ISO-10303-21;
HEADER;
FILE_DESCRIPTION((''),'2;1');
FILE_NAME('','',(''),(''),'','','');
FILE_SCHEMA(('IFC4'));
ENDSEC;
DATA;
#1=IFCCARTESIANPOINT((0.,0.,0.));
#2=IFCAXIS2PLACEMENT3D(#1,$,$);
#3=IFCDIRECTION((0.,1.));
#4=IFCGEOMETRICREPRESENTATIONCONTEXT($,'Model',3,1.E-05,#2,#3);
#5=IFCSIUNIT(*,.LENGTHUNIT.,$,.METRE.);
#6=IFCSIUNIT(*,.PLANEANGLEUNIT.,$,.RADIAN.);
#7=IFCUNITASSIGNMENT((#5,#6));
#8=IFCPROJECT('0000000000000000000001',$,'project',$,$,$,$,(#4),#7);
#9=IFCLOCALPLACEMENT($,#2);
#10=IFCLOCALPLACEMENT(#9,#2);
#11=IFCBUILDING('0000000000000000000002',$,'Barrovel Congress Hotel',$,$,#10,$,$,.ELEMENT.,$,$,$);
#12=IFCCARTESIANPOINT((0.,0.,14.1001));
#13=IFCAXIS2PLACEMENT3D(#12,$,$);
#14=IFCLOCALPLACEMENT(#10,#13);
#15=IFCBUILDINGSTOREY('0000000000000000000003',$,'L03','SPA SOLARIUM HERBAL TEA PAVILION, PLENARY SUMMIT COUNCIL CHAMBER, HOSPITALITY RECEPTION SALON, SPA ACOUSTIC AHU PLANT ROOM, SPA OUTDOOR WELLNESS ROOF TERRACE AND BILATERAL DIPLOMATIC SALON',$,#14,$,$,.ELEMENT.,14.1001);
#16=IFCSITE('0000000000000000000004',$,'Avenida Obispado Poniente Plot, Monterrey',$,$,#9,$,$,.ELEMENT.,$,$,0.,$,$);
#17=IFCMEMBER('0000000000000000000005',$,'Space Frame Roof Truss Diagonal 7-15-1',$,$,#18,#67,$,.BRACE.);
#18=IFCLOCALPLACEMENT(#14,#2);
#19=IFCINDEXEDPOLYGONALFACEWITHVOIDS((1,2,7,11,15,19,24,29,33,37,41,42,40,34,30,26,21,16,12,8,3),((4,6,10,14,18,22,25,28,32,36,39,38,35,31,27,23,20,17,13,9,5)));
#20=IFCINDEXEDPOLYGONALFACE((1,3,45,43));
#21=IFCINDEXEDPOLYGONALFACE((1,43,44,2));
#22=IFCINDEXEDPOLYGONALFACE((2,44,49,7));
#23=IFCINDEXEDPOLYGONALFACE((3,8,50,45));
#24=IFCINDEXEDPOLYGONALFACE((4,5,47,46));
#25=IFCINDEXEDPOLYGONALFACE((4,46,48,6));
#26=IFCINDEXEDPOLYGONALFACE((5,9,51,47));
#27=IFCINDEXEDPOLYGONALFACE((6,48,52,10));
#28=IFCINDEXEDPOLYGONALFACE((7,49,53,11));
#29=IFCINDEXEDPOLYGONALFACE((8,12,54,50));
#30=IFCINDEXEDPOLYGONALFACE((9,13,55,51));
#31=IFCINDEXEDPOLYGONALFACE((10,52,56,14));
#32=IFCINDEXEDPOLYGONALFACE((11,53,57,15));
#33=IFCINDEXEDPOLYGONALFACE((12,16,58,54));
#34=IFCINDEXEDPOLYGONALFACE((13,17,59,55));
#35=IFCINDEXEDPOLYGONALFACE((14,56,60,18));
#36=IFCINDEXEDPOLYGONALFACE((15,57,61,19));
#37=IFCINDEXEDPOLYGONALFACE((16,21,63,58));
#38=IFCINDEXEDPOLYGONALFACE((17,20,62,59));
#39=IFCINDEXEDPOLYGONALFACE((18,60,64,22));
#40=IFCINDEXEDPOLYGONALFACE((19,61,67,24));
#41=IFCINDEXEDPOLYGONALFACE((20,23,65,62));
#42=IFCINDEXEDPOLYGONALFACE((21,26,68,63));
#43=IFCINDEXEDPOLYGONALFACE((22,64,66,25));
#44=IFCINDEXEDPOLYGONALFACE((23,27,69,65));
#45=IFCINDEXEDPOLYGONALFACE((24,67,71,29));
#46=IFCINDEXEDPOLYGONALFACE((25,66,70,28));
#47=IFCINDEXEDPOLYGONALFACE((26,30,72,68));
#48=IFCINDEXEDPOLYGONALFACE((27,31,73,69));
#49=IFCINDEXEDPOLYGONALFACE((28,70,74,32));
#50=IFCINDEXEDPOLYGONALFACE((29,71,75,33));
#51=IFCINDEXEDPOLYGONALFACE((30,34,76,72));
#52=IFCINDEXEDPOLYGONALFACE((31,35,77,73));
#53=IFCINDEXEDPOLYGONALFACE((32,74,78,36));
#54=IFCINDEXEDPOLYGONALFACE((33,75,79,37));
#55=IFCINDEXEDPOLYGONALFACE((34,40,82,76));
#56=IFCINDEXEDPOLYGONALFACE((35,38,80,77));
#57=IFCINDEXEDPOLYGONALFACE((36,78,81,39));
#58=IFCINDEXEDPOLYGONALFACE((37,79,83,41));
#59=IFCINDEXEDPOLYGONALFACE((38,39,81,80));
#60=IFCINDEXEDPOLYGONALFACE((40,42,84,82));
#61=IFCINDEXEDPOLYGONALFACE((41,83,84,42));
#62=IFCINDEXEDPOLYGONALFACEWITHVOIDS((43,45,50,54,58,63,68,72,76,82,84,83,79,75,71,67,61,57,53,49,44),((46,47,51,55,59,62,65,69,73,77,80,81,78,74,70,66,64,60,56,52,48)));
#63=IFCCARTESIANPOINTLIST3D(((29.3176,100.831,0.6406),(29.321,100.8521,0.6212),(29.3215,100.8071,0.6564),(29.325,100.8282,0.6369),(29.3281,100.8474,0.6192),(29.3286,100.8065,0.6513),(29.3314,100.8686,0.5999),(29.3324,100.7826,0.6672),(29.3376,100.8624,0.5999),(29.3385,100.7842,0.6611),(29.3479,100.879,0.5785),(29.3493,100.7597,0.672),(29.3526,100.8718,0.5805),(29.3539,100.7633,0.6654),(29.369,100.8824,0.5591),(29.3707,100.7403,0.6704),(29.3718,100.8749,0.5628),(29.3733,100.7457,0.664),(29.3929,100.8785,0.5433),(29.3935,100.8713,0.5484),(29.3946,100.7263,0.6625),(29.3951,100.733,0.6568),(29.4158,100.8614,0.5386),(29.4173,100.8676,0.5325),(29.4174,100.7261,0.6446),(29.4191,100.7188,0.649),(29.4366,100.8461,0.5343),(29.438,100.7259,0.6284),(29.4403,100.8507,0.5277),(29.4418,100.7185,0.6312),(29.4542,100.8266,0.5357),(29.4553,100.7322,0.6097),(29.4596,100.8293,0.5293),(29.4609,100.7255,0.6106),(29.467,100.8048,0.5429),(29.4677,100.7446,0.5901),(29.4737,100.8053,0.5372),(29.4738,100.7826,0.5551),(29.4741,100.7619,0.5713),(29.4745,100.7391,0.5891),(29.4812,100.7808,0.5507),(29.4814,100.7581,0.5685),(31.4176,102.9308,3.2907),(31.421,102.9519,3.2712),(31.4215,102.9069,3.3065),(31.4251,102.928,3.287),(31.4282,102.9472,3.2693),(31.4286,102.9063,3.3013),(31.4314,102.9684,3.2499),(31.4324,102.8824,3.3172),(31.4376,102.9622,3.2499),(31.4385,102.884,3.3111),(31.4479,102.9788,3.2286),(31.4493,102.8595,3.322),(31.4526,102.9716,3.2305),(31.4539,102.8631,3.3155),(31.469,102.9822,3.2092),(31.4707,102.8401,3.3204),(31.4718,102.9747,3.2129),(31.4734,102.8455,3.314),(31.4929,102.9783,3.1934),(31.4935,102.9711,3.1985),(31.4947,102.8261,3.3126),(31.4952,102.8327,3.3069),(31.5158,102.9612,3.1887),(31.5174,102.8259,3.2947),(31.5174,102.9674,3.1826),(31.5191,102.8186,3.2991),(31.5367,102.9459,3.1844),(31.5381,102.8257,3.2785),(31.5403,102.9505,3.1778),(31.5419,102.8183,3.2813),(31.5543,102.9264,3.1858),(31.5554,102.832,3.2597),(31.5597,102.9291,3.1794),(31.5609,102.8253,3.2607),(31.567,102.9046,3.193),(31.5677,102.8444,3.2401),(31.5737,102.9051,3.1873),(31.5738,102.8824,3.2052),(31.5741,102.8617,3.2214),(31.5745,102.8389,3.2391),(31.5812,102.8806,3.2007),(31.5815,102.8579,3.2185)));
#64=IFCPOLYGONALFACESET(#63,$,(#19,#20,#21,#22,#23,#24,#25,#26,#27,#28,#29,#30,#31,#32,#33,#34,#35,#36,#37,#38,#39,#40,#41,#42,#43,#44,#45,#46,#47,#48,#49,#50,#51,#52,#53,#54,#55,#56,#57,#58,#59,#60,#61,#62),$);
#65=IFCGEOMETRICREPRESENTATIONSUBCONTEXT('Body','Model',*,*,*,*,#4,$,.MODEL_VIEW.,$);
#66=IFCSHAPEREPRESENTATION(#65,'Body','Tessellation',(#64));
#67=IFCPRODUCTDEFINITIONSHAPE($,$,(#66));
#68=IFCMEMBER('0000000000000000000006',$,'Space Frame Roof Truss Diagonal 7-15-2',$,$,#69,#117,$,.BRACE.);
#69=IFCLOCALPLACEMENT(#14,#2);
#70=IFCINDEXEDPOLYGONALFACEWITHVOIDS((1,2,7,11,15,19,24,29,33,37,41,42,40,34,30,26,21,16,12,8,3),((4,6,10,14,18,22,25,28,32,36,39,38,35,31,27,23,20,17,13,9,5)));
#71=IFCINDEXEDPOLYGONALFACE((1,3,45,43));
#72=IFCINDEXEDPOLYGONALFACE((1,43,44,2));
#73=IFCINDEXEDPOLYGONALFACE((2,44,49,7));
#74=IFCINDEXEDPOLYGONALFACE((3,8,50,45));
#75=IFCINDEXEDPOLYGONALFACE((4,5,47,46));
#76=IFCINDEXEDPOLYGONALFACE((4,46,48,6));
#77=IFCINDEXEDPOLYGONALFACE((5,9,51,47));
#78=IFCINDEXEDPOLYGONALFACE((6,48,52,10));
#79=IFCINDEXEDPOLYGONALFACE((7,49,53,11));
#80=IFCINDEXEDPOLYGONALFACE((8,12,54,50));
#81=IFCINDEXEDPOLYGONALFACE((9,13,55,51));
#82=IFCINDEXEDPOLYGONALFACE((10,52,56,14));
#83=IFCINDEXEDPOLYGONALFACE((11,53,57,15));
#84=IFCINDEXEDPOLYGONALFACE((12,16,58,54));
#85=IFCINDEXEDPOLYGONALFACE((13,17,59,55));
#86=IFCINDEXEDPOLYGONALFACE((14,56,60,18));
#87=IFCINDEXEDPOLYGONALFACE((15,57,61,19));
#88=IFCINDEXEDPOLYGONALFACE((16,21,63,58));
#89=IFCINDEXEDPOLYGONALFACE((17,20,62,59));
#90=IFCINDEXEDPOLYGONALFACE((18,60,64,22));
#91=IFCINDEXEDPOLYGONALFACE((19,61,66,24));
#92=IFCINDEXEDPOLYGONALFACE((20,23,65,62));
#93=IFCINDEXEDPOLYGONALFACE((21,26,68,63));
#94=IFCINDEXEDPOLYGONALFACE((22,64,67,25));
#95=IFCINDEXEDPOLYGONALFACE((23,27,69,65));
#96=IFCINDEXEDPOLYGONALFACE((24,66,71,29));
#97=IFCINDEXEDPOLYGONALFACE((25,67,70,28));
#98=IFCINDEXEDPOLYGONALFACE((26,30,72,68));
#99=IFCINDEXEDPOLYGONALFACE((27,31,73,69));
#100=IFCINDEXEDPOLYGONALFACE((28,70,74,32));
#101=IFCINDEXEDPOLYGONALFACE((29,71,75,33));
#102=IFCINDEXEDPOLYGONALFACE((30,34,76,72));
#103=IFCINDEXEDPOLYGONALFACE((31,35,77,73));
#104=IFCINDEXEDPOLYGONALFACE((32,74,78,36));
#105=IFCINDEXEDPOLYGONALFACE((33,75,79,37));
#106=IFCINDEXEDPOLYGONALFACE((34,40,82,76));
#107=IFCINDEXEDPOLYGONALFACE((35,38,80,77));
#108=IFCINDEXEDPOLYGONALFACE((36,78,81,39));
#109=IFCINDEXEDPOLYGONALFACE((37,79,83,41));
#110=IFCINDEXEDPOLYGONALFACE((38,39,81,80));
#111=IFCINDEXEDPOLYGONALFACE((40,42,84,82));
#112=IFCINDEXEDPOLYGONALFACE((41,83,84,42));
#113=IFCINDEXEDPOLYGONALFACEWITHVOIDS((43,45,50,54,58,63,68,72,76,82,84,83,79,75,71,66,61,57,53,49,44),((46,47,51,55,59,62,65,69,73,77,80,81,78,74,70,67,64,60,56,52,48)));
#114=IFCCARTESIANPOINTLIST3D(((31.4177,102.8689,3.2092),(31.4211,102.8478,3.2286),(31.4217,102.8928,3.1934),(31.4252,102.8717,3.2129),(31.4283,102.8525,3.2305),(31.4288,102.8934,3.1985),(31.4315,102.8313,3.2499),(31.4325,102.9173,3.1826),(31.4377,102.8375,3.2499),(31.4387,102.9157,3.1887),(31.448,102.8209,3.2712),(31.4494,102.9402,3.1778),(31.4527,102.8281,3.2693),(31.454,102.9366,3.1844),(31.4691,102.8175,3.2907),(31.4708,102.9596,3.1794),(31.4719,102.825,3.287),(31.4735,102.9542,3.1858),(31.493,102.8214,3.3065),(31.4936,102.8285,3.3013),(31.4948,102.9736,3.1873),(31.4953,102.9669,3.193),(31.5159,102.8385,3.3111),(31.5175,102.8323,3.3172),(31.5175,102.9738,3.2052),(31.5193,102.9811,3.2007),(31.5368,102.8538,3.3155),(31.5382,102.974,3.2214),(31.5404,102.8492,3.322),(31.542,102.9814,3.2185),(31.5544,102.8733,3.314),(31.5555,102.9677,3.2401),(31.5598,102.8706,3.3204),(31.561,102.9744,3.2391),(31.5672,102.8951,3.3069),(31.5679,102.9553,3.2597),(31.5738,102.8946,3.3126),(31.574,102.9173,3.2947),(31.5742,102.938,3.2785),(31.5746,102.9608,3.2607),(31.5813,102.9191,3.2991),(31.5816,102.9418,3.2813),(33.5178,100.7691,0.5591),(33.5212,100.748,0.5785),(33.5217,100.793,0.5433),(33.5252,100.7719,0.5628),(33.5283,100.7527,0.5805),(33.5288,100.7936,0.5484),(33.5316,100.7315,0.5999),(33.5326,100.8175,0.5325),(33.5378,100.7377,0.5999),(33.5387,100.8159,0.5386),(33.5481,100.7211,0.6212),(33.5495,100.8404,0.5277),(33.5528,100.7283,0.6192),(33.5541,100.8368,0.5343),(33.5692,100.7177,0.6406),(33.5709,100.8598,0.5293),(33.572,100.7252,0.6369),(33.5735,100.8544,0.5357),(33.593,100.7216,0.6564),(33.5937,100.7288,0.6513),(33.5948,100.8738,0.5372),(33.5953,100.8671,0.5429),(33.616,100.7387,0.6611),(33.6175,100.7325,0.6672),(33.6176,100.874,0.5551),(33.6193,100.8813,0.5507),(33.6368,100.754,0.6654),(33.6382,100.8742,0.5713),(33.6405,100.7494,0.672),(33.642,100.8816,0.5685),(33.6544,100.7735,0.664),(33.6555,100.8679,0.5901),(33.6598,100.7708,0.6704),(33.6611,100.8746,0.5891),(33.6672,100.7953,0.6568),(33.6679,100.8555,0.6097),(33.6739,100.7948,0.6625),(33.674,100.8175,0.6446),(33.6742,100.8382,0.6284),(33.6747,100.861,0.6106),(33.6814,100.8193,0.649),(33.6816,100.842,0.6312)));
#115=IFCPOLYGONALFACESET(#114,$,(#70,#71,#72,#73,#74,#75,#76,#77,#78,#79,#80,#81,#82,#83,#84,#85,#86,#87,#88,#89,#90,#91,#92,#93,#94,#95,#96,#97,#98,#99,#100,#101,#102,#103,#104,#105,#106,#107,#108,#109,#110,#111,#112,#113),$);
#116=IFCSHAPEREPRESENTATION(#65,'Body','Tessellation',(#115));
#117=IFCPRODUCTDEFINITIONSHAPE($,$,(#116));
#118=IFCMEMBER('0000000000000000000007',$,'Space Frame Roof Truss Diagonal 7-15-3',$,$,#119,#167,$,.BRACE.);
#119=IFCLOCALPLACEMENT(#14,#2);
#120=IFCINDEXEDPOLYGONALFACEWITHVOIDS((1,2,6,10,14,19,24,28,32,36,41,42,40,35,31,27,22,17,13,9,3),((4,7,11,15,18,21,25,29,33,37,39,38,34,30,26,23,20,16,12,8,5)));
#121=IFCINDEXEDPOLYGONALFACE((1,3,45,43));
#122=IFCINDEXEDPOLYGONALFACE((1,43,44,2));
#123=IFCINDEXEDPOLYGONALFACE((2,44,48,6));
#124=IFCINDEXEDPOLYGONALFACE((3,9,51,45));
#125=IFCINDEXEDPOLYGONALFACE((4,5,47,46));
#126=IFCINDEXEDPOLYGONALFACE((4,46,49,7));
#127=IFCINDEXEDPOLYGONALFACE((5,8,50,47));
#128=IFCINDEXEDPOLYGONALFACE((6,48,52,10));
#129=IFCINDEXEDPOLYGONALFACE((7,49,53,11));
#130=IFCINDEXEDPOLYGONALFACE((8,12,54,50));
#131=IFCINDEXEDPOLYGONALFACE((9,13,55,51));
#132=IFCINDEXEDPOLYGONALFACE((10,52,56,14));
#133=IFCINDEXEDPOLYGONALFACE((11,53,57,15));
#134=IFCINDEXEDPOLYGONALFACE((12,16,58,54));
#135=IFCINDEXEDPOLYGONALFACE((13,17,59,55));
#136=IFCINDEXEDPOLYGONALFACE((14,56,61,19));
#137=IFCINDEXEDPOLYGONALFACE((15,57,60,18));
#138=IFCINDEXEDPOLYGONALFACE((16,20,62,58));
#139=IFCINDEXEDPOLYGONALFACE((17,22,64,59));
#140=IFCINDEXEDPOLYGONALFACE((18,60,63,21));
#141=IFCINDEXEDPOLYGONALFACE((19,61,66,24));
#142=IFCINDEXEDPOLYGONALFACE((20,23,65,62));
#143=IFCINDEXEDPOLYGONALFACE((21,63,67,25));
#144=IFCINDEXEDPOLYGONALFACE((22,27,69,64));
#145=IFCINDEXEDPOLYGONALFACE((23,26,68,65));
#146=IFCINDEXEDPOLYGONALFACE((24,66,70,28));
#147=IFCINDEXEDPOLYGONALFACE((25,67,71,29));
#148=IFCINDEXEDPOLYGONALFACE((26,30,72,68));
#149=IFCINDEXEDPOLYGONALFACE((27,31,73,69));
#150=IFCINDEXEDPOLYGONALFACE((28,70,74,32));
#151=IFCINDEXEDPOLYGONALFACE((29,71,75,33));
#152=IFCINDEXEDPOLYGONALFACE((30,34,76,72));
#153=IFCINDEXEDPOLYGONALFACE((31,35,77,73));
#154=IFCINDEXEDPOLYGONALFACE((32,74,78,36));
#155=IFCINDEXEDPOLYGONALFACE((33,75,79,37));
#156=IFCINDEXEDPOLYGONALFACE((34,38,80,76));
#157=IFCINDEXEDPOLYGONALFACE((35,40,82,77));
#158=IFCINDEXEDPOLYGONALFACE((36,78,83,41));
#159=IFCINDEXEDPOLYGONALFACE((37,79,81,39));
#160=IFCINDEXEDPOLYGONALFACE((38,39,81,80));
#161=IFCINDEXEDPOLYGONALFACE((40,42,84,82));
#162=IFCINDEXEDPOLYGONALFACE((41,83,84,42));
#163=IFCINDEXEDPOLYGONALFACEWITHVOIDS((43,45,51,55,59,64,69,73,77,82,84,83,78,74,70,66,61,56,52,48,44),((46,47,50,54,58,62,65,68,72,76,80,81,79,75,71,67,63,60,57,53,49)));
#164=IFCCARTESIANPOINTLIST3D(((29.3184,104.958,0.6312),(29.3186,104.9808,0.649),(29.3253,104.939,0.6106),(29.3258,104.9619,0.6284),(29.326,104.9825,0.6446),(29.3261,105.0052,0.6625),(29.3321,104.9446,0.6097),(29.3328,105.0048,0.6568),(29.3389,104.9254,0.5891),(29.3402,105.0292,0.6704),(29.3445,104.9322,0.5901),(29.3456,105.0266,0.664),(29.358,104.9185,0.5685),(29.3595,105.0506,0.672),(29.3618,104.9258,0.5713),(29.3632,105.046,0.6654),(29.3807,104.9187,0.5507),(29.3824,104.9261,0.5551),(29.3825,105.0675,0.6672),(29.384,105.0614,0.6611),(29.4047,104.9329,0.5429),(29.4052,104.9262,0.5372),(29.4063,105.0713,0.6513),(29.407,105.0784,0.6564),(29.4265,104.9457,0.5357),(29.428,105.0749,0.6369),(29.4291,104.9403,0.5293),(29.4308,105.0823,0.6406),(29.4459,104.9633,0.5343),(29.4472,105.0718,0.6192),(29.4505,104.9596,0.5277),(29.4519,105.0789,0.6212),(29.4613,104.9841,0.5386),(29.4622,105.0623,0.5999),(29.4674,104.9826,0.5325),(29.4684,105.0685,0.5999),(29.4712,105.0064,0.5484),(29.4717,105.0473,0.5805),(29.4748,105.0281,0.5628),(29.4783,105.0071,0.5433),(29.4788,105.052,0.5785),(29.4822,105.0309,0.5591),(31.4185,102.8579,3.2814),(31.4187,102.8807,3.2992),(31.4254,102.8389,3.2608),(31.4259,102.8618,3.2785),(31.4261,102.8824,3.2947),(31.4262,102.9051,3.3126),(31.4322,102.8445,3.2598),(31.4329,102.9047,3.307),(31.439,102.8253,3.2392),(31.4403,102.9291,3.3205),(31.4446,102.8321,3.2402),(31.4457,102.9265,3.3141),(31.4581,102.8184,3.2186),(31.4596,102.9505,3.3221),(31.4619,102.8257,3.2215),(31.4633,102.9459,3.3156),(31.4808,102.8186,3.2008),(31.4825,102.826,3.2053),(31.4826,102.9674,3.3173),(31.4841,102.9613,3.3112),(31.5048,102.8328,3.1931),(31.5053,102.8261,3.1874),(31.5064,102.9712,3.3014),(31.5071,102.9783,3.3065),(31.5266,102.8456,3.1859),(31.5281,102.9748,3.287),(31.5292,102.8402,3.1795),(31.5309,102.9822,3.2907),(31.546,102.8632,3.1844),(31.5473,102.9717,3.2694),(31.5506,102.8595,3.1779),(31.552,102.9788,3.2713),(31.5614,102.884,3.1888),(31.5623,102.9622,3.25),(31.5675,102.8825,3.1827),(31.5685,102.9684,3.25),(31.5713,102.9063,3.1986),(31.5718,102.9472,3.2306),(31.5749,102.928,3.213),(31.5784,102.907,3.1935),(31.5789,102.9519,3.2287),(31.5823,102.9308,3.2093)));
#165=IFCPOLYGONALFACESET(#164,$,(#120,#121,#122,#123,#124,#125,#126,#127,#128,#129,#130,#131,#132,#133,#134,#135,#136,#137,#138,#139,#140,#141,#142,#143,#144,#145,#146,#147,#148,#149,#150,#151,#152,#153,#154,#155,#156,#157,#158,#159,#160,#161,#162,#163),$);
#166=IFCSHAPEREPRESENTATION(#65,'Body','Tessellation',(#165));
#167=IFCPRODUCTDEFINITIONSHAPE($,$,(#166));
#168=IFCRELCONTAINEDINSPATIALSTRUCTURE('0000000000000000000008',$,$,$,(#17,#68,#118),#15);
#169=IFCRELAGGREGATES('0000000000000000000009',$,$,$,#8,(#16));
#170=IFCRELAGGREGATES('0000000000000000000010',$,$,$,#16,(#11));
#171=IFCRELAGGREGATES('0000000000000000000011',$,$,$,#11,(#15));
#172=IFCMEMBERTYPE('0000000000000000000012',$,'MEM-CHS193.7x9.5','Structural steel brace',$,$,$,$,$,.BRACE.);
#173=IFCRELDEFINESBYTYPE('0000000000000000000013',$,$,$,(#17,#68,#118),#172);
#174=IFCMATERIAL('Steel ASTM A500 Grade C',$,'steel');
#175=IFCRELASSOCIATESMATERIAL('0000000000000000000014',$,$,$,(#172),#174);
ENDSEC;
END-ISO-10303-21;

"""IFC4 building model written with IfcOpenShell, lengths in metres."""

from ifc_helpers import new_model, si_unit, direction, frame, origin, origin_2d, place, context, subcontext, project, spatial, hollow_circle, extrude, material, material_profile, profile_set, type_object, element, save


model = new_model("IFC4")

# Units and contexts
model_context = context("Model", 3, precision=1e-05, world=origin(), true_north=direction((0.0, 1.0)))
body_context = subcontext(model_context, "Body", "Model", "MODEL_VIEW")
ifc_project = project(units=[si_unit("LENGTHUNIT", "METRE"), si_unit("PLANEANGLEUNIT", "RADIAN")], contexts=[model_context])

# Site, building, storey
site_placement = place(None, origin())
site = spatial("IfcSite", under=ifc_project, at=site_placement, Name="Avenida Obispado Poniente Plot, Monterrey", CompositionType="ELEMENT", RefElevation=0.0)
building_placement = place(site_placement, origin())
building = spatial("IfcBuilding", under=site, at=building_placement, Name="Barrovel Congress Hotel", CompositionType="ELEMENT")
storey_placement = place(building_placement, frame((0.0, 0.0, 14.1001)))
storey = spatial("IfcBuildingStorey", under=building, at=storey_placement, Name="L03", Description="SPA SOLARIUM HERBAL TEA PAVILION, PLENARY SUMMIT COUNCIL CHAMBER, HOSPITALITY RECEPTION SALON, SPA ACOUSTIC AHU PLANT ROOM, SPA OUTDOOR WELLNESS ROOF TERRACE AND BILATERAL DIPLOMATIC SALON", CompositionType="ELEMENT", Elevation=14.1001)

# Members
ifc_material_1 = material(Name="Steel ASTM A500 Grade C", Category="steel")
ifc_material_profile_1 = material_profile(ifc_material_1, hollow_circle(Radius=0.0969, WallThickness=0.0088, at=origin_2d()), Name="CHS193.7x9.5")
ifc_profile_set_1 = profile_set([ifc_material_profile_1], Name="Steel ASTM A500 Grade C")
member_type_1 = type_object("IfcMemberType", Name="MEM-CHS193.7x9.5", Description="Structural steel brace", PredefinedType="BRACE", material=ifc_profile_set_1)
for number, where, z_axis, x_axis, name in (
    (1, (29.3999, 100.8, 0.5999), (0.527618, 0.527557, 0.66581), (-0.707066, 0.707148, 0.0), "Space Frame Roof Truss Diagonal 7-15-1"),
    (2, (33.6001, 100.8, 0.5999), (-0.527618, 0.527557, 0.66581), (-0.707066, -0.707148, 0.0), "Space Frame Roof Truss Diagonal 7-15-2"),
):
    element("IfcMember", number, at=place(storey_placement, frame(where, z_axis=z_axis, x_axis=x_axis)), inside=storey, type_object=member_type_1, Name=name, PredefinedType="BRACE", context=body_context, shape_type="SweptSolid", body=[
        extrude(hollow_circle(Radius=0.0969, WallThickness=0.0088, at=origin_2d()), origin(), (0.0, 0.0, 1.0), 3.9802),
    ])
for number, where, z_axis, x_axis, name in (
    (3, (29.3999, 105.0, 0.5999), (0.527601, -0.527601, 0.665788), (0.707107, 0.707107, 0.0), "Space Frame Roof Truss Diagonal 7-15-3"),
):
    element("IfcMember", number, at=place(storey_placement, frame(where, z_axis=z_axis, x_axis=x_axis)), inside=storey, type_object=member_type_1, Name=name, PredefinedType="BRACE", context=body_context, shape_type="SweptSolid", body=[
        extrude(hollow_circle(Radius=0.0969, WallThickness=0.0088, at=origin_2d()), origin(), (0.0, 0.0, 1.0), 3.9805),
    ])

save(model, "model.ifc")
